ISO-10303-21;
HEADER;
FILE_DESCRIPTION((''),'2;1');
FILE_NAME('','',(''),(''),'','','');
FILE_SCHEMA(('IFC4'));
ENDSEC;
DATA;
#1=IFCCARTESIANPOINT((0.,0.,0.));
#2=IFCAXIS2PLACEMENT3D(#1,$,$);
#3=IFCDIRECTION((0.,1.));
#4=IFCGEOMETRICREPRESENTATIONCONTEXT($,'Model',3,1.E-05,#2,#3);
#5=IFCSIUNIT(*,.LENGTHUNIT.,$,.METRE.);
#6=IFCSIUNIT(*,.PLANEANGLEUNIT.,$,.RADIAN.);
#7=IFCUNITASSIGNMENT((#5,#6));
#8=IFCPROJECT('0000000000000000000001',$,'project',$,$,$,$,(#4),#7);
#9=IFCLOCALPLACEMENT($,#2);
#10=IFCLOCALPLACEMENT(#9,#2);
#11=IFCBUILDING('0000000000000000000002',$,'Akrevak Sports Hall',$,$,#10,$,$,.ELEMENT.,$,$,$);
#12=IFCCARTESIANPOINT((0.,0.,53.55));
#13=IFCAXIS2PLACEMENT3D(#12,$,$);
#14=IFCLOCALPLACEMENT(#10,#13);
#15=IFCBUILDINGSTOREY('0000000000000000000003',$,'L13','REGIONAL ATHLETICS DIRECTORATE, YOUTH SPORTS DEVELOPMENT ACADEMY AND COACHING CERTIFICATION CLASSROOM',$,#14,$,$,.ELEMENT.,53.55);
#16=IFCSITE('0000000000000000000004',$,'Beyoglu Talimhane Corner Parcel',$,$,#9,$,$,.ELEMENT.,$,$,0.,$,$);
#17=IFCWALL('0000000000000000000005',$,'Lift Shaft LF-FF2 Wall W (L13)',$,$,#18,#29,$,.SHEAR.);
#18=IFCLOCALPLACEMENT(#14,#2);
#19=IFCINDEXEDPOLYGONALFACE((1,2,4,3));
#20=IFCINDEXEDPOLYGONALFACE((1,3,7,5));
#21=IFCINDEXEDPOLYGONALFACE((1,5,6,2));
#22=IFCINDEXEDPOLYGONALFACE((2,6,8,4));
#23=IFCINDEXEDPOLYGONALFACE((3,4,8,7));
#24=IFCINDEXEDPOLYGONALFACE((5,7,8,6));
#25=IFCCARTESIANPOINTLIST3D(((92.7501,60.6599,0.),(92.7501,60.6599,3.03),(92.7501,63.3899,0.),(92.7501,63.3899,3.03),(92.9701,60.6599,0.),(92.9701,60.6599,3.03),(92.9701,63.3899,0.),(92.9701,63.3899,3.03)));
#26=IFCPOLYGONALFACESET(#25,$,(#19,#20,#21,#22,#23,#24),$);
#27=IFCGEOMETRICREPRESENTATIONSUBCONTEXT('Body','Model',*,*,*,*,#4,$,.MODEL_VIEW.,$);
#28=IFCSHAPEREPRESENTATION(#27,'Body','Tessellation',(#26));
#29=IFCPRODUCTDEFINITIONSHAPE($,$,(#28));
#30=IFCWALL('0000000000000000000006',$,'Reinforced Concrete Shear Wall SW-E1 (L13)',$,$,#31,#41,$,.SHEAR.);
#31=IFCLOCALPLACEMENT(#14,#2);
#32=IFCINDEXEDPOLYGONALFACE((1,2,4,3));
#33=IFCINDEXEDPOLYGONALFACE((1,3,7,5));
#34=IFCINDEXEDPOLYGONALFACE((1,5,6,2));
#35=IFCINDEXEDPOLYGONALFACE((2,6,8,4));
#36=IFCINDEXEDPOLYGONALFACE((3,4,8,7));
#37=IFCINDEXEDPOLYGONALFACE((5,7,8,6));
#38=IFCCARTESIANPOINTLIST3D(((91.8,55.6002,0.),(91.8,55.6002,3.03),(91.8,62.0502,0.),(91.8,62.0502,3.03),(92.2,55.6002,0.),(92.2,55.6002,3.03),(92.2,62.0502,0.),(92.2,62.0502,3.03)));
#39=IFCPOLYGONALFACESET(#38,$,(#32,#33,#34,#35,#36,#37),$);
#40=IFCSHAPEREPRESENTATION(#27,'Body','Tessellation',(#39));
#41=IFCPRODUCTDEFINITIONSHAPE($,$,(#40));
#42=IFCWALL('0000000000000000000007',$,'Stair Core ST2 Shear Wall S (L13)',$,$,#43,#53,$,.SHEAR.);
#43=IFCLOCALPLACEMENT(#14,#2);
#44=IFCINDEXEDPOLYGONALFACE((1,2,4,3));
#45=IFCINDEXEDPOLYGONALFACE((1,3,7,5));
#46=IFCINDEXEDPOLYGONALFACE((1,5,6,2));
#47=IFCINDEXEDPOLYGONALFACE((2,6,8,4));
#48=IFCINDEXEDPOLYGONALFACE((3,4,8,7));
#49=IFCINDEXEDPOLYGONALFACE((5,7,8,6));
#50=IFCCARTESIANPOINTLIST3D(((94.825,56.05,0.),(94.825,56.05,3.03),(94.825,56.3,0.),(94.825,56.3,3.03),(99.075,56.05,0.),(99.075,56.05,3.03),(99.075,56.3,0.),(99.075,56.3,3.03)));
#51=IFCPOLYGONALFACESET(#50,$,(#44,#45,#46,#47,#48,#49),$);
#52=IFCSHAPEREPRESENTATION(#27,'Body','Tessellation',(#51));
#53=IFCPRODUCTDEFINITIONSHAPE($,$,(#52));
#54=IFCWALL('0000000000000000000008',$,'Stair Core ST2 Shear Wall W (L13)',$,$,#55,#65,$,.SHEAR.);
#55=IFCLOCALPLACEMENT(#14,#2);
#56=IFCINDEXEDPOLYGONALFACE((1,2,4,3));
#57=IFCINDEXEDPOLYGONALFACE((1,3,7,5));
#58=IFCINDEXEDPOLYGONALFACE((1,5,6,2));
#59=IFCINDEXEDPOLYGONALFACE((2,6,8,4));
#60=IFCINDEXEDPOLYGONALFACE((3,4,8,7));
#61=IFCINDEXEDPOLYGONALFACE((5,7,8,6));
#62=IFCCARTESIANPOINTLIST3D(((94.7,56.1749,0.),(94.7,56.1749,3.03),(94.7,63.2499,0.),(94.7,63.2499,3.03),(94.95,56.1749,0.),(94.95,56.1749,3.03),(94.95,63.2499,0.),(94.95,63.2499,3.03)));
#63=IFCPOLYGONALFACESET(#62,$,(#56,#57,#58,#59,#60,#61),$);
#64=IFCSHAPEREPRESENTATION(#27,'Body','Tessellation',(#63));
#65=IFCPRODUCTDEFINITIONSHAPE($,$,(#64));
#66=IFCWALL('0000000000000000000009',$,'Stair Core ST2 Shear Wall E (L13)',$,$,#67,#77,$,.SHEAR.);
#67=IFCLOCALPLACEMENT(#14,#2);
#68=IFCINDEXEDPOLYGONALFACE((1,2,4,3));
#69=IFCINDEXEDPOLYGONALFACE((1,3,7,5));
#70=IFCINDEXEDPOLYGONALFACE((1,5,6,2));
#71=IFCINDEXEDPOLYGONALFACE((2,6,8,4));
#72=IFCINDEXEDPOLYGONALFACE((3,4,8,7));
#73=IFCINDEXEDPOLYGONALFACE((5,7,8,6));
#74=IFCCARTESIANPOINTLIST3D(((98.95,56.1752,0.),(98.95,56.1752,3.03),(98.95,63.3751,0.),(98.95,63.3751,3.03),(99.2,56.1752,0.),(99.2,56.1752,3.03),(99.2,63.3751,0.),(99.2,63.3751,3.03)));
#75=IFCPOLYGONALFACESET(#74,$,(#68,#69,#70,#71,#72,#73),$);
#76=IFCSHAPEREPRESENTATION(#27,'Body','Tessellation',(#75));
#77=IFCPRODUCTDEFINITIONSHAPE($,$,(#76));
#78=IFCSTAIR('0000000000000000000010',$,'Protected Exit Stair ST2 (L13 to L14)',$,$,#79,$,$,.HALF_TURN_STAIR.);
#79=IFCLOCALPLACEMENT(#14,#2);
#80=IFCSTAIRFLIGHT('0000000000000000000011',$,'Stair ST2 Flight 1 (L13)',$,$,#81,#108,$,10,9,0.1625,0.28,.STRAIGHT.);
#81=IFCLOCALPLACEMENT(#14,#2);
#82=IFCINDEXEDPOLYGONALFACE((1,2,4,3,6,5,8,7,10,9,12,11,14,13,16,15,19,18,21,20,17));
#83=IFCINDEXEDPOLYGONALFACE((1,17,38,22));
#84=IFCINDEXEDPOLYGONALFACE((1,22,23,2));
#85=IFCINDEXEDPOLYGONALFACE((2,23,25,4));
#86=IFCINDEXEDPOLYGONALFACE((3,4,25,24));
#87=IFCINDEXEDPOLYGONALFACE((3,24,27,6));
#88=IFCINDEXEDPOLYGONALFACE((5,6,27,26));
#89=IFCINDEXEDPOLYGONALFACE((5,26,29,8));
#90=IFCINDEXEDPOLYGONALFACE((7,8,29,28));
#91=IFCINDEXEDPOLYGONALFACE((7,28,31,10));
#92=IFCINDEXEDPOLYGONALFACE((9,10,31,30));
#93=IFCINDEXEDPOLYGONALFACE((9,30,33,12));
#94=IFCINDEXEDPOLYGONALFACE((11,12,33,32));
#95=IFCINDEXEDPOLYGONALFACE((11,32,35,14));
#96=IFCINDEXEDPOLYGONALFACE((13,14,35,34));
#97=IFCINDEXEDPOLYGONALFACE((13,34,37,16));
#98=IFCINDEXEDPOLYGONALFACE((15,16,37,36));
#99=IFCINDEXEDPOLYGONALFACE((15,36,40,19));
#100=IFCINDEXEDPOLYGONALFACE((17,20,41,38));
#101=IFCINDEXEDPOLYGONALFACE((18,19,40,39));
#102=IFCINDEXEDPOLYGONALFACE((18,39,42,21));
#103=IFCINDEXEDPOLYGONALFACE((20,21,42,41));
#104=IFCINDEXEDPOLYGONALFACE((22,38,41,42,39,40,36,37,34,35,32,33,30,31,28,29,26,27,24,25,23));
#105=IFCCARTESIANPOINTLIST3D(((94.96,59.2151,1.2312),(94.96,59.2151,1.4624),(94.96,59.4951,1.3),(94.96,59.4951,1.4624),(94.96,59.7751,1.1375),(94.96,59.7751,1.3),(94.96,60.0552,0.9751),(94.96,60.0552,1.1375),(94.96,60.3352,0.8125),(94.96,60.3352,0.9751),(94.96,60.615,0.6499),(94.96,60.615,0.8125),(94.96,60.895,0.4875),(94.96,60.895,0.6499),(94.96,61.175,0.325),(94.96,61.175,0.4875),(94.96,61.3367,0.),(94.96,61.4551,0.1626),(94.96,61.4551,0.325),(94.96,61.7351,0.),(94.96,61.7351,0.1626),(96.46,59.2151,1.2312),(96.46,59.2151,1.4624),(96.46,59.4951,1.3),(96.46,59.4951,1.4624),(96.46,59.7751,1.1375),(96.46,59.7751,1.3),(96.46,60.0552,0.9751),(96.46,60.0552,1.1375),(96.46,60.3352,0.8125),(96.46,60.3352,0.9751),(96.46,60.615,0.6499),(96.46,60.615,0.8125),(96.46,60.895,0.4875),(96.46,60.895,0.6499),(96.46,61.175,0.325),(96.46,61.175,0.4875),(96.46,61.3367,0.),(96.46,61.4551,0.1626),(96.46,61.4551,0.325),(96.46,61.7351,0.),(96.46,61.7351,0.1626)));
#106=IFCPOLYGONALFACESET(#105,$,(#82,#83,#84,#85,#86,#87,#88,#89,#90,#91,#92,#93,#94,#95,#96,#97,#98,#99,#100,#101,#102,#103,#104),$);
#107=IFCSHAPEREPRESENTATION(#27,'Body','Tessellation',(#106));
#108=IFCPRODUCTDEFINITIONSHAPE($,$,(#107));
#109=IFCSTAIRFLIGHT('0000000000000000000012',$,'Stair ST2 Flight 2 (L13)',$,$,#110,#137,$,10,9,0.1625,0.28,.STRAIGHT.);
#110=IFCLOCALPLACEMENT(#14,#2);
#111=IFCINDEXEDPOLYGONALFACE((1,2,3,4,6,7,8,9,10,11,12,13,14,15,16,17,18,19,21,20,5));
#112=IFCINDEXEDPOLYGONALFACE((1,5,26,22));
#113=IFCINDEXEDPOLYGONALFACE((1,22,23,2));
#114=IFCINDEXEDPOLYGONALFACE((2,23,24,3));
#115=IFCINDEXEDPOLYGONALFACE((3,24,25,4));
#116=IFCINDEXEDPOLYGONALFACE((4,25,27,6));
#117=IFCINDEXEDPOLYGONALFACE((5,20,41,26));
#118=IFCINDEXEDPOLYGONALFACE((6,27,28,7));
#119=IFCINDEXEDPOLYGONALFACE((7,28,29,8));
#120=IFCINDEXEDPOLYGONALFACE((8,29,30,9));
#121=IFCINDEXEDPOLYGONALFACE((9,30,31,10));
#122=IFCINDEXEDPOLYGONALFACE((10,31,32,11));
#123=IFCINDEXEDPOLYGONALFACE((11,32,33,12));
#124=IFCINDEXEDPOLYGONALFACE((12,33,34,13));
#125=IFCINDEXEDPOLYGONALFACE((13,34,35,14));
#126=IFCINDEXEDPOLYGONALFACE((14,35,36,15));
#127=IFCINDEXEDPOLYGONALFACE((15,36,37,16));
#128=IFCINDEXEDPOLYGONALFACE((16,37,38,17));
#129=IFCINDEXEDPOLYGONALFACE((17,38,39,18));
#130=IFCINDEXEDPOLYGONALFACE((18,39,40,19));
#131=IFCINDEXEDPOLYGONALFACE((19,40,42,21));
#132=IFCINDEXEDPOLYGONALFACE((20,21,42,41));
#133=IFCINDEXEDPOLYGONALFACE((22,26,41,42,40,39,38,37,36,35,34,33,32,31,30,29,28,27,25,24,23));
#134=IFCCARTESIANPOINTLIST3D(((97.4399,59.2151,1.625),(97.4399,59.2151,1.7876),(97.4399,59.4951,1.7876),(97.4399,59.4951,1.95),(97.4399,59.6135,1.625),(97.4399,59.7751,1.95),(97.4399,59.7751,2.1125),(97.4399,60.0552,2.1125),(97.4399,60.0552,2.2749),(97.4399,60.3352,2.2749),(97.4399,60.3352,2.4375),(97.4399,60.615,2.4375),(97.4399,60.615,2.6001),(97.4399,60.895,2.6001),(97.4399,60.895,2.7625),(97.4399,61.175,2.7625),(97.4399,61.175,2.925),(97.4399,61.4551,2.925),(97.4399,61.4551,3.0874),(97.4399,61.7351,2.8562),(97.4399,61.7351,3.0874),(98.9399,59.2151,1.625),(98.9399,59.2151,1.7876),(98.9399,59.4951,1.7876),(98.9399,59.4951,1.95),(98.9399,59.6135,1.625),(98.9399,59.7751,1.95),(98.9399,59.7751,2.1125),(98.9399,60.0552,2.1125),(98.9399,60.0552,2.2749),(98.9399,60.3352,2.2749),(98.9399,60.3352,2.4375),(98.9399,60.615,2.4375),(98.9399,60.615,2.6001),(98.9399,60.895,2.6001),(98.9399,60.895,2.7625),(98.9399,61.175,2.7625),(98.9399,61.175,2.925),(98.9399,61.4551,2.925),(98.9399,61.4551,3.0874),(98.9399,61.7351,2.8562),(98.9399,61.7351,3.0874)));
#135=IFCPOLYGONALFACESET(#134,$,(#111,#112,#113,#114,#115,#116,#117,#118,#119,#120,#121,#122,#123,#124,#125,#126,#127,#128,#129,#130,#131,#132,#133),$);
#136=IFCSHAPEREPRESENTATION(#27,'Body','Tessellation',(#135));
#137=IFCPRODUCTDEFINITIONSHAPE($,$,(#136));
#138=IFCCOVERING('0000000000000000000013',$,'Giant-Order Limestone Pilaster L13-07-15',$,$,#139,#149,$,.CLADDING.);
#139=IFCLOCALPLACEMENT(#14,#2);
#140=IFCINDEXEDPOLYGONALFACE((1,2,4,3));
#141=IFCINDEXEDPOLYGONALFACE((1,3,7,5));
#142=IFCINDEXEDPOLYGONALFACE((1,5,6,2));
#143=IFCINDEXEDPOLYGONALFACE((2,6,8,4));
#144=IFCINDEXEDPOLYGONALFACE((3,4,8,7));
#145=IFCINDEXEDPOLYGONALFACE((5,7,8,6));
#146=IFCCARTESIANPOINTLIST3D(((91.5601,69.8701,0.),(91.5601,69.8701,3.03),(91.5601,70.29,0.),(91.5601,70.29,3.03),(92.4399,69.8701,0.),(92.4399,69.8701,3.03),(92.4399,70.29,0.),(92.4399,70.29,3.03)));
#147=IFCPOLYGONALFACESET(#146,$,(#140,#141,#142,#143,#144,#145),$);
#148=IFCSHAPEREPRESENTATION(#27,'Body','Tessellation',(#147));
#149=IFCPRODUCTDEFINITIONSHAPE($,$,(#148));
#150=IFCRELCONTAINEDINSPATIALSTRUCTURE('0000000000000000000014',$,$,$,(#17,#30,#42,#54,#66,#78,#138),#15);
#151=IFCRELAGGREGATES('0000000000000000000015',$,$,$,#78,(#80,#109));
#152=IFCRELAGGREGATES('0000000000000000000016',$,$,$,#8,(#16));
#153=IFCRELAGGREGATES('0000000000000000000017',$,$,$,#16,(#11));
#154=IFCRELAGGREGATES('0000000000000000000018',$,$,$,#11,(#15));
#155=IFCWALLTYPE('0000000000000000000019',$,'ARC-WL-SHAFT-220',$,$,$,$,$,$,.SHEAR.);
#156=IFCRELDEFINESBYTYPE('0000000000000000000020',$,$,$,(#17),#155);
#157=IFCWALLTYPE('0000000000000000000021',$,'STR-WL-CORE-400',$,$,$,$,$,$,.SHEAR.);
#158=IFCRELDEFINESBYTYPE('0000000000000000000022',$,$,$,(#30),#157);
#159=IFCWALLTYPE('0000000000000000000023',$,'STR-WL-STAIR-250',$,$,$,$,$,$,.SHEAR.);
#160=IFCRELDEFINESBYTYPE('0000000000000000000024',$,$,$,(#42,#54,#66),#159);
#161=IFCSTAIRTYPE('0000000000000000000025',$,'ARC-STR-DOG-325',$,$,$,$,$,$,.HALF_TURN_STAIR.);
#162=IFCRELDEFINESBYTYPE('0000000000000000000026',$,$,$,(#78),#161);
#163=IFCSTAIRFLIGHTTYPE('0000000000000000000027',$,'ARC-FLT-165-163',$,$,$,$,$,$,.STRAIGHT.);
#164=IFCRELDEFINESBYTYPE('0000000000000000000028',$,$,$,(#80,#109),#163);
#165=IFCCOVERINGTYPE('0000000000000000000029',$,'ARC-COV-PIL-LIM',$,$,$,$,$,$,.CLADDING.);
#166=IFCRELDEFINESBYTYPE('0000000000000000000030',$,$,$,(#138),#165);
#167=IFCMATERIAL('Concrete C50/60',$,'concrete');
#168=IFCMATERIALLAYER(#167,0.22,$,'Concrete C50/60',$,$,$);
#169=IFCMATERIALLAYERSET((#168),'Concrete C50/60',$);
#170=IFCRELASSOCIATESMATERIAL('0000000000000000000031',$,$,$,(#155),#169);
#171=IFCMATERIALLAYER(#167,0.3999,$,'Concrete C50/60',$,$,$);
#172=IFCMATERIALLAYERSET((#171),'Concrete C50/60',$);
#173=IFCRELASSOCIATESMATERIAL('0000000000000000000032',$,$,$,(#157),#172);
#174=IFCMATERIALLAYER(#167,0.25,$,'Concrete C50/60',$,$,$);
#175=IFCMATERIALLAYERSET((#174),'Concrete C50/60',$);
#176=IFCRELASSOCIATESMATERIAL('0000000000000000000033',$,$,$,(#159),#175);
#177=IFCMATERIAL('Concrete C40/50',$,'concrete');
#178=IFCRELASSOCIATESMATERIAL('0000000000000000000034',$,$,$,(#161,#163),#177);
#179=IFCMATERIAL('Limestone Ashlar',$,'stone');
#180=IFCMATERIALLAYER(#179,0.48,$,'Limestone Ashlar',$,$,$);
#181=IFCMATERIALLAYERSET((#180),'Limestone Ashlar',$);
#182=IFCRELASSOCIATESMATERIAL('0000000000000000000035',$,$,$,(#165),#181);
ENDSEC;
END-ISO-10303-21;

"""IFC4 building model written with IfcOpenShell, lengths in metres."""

from ifc_helpers import new_model, si_unit, direction, frame, frame_2d, origin, origin_2d, place, context, subcontext, project, spatial, polyline, rectangle, outline, extrude, material, layer, layer_set, type_object, element, aggregate, save


model = new_model("IFC4")

# Units and contexts
model_context = context("Model", 3, precision=1e-05, world=origin(), true_north=direction((0.0, 1.0)))
body_context = subcontext(model_context, "Body", "Model", "MODEL_VIEW")
ifc_project = project(units=[si_unit("LENGTHUNIT", "METRE"), si_unit("PLANEANGLEUNIT", "RADIAN")], contexts=[model_context])

# Site, building, storey
site_placement = place(None, origin())
site = spatial("IfcSite", under=ifc_project, at=site_placement, Name="Beyoglu Talimhane Corner Parcel", CompositionType="ELEMENT", RefElevation=0.0)
building_placement = place(site_placement, origin())
building = spatial("IfcBuilding", under=site, at=building_placement, Name="Akrevak Sports Hall", CompositionType="ELEMENT")
storey_placement = place(building_placement, frame((0.0, 0.0, 53.55)))
storey = spatial("IfcBuildingStorey", under=building, at=storey_placement, Name="L13", Description="REGIONAL ATHLETICS DIRECTORATE, YOUTH SPORTS DEVELOPMENT ACADEMY AND COACHING CERTIFICATION CLASSROOM", CompositionType="ELEMENT", Elevation=53.55)

# Shared definitions
ifc_material_1 = material(Name="Concrete C40/50", Category="concrete")

# Shared definitions
ifc_material_2 = material(Name="Concrete C50/60", Category="concrete")
ifc_layer_1 = layer(ifc_material_2, 0.22, Name="Concrete C50/60")
ifc_layer_set_1 = layer_set([ifc_layer_1], Name="Concrete C50/60")
wall_type_1 = type_object("IfcWallType", Name="ARC-WL-SHAFT-220", PredefinedType="SHEAR", material=ifc_layer_set_1)

# Walls
wall_1_placement = place(storey_placement, frame((92.8601, 63.3899, 0.0), z_axis=(0.0, 0.0, 1.0), x_axis=(0.0, -1.0, 0.0)))
element("IfcWall", 1, at=wall_1_placement, inside=storey, type_object=wall_type_1, Name="Lift Shaft LF-FF2 Wall W (L13)", PredefinedType="SHEAR", context=body_context, shape_type="SweptSolid", body=[
    extrude(rectangle(XDim=2.73, YDim=0.22, at=frame_2d((1.365, 0.0))), origin(), (0.0, 0.0, 1.0), 3.03),
])
ifc_layer_2 = layer(ifc_material_2, 0.3999, Name="Concrete C50/60")
ifc_layer_set_2 = layer_set([ifc_layer_2], Name="Concrete C50/60")
wall_type_2 = type_object("IfcWallType", Name="STR-WL-CORE-400", PredefinedType="SHEAR", material=ifc_layer_set_2)
wall_2_placement = place(storey_placement, frame((92.0, 55.6001, 0.0), z_axis=(0.0, 0.0, 1.0), x_axis=(0.0, 1.0, 0.0)))
element("IfcWall", 2, at=wall_2_placement, inside=storey, type_object=wall_type_2, Name="Reinforced Concrete Shear Wall SW-E1 (L13)", PredefinedType="SHEAR", context=body_context, shape_type="SweptSolid", body=[
    extrude(rectangle(XDim=6.45, YDim=0.3999, at=frame_2d((3.2251, 0.0))), origin(), (0.0, 0.0, 1.0), 3.03),
])
ifc_layer_3 = layer(ifc_material_2, 0.25, Name="Concrete C50/60")
ifc_layer_set_3 = layer_set([ifc_layer_3], Name="Concrete C50/60")
wall_type_3 = type_object("IfcWallType", Name="STR-WL-STAIR-250", PredefinedType="SHEAR", material=ifc_layer_set_3)
wall_3_placement = place(storey_placement, frame((94.825, 56.175, 0.0), z_axis=(0.0, 0.0, 1.0), x_axis=(1.0, 0.0, 0.0)))
element("IfcWall", 3, at=wall_3_placement, inside=storey, type_object=wall_type_3, Name="Stair Core ST2 Shear Wall S (L13)", PredefinedType="SHEAR", context=body_context, shape_type="SweptSolid", body=[
    extrude(rectangle(XDim=4.25, YDim=0.25, at=frame_2d((2.125, 0.0))), origin(), (0.0, 0.0, 1.0), 3.03),
])
wall_4_placement = place(storey_placement, frame((94.825, 63.25, 0.0), z_axis=(0.0, 0.0, 1.0), x_axis=(0.0, -1.0, 0.0)))
element("IfcWall", 4, at=wall_4_placement, inside=storey, type_object=wall_type_3, Name="Stair Core ST2 Shear Wall W (L13)", PredefinedType="SHEAR", context=body_context, shape_type="SweptSolid", body=[
    extrude(rectangle(XDim=7.075, YDim=0.25, at=frame_2d((3.5376, 0.0))), origin(), (0.0, 0.0, 1.0), 3.03),
])
wall_5_placement = place(storey_placement, frame((99.075, 56.175, 0.0), z_axis=(0.0, 0.0, 1.0), x_axis=(0.0, 1.0, 0.0)))
element("IfcWall", 5, at=wall_5_placement, inside=storey, type_object=wall_type_3, Name="Stair Core ST2 Shear Wall E (L13)", PredefinedType="SHEAR", context=body_context, shape_type="SweptSolid", body=[
    extrude(rectangle(XDim=7.2, YDim=0.25, at=frame_2d((3.6001, 0.0))), origin(), (0.0, 0.0, 1.0), 3.03),
])

# Stair, stair flights
stair_type = type_object("IfcStairType", Name="ARC-STR-DOG-325", PredefinedType="HALF_TURN_STAIR", material=ifc_material_1)
stair_placement = place(storey_placement, origin())
stair = element("IfcStair", 6, at=stair_placement, inside=storey, type_object=stair_type, Name="Protected Exit Stair ST2 (L13 to L14)", PredefinedType="HALF_TURN_STAIR")
stair_flight_type = type_object("IfcStairFlightType", Name="ARC-FLT-165-163", PredefinedType="STRAIGHT", material=ifc_material_1)
stair_flight_1_placement = place(storey_placement, frame((95.71, 61.7351, 0.0), z_axis=(0.0, 0.0, 1.0), x_axis=(0.0, -1.0, 0.0)))
stair_flight_1 = element("IfcStairFlight", 7, at=stair_flight_1_placement, type_object=stair_flight_type, Name="Stair ST2 Flight 1 (L13)", NumberOfRisers=10, NumberOfTreads=9, PredefinedType="STRAIGHT", RiserHeight=0.1625, TreadLength=0.28, context=body_context, shape_type="SweptSolid", body=[
    extrude(outline(polyline([(0.0, 0.0), (0.0, 0.1626), (0.28, 0.1626), (0.28, 0.325), (0.5601, 0.325), (0.5601, 0.4875), (0.8401, 0.4875), (0.8401, 0.6499), (1.1201, 0.6499), (1.1201, 0.8125), (1.3999, 0.8125), (1.3999, 0.9751), (1.6799, 0.9751), (1.6799, 1.1375), (1.96, 1.1375), (1.96, 1.3), (2.24, 1.3), (2.24, 1.4624), (2.52, 1.4624), (2.52, 1.625), (2.52, 1.2312), (0.3984, 0.0), (0.0, 0.0)])), frame((0.0, 0.75, 0.0), z_axis=(0.0, -1.0, 0.0), x_axis=(1.0, 0.0, 0.0)), (0.0, 0.0, 1.0), 1.5),
])
stair_flight_2_placement = place(storey_placement, frame((98.1899, 59.2151, 1.625), z_axis=(0.0, 0.0, 1.0), x_axis=(0.0, 1.0, 0.0)))
stair_flight_2 = element("IfcStairFlight", 8, at=stair_flight_2_placement, type_object=stair_flight_type, Name="Stair ST2 Flight 2 (L13)", NumberOfRisers=10, NumberOfTreads=9, PredefinedType="STRAIGHT", RiserHeight=0.1625, TreadLength=0.28, context=body_context, shape_type="SweptSolid", body=[
    extrude(outline(polyline([(0.0, 0.0), (0.0, 0.1626), (0.28, 0.1626), (0.28, 0.325), (0.5601, 0.325), (0.5601, 0.4875), (0.8401, 0.4875), (0.8401, 0.6499), (1.1201, 0.6499), (1.1201, 0.8125), (1.3999, 0.8125), (1.3999, 0.9751), (1.6799, 0.9751), (1.6799, 1.1375), (1.96, 1.1375), (1.96, 1.3), (2.24, 1.3), (2.24, 1.4624), (2.52, 1.4624), (2.52, 1.625), (2.52, 1.2312), (0.3984, 0.0), (0.0, 0.0)])), frame((0.0, 0.75, 0.0), z_axis=(0.0, -1.0, 0.0), x_axis=(1.0, 0.0, 0.0)), (0.0, 0.0, 1.0), 1.5),
])
aggregate(stair, [stair_flight_1, stair_flight_2])

# Covering
ifc_material_3 = material(Name="Limestone Ashlar", Category="stone")
ifc_layer_4 = layer(ifc_material_3, 0.48, Name="Limestone Ashlar")
ifc_layer_set_4 = layer_set([ifc_layer_4], Name="Limestone Ashlar")
covering_type = type_object("IfcCoveringType", Name="ARC-COV-PIL-LIM", PredefinedType="CLADDING", material=ifc_layer_set_4)
covering_placement = place(storey_placement, frame((92.0, 70.0801, 0.0), z_axis=(0.0, 0.0, 1.0), x_axis=(-1.0, 0.0, 0.0)))
element("IfcCovering", 9, at=covering_placement, inside=storey, type_object=covering_type, Name="Giant-Order Limestone Pilaster L13-07-15", PredefinedType="CLADDING", context=body_context, shape_type="SweptSolid", body=[
    extrude(rectangle(XDim=0.8799, YDim=0.4199, at=origin_2d()), origin(), (0.0, 0.0, 1.0), 3.03),
])

save(model, "model.ifc")
